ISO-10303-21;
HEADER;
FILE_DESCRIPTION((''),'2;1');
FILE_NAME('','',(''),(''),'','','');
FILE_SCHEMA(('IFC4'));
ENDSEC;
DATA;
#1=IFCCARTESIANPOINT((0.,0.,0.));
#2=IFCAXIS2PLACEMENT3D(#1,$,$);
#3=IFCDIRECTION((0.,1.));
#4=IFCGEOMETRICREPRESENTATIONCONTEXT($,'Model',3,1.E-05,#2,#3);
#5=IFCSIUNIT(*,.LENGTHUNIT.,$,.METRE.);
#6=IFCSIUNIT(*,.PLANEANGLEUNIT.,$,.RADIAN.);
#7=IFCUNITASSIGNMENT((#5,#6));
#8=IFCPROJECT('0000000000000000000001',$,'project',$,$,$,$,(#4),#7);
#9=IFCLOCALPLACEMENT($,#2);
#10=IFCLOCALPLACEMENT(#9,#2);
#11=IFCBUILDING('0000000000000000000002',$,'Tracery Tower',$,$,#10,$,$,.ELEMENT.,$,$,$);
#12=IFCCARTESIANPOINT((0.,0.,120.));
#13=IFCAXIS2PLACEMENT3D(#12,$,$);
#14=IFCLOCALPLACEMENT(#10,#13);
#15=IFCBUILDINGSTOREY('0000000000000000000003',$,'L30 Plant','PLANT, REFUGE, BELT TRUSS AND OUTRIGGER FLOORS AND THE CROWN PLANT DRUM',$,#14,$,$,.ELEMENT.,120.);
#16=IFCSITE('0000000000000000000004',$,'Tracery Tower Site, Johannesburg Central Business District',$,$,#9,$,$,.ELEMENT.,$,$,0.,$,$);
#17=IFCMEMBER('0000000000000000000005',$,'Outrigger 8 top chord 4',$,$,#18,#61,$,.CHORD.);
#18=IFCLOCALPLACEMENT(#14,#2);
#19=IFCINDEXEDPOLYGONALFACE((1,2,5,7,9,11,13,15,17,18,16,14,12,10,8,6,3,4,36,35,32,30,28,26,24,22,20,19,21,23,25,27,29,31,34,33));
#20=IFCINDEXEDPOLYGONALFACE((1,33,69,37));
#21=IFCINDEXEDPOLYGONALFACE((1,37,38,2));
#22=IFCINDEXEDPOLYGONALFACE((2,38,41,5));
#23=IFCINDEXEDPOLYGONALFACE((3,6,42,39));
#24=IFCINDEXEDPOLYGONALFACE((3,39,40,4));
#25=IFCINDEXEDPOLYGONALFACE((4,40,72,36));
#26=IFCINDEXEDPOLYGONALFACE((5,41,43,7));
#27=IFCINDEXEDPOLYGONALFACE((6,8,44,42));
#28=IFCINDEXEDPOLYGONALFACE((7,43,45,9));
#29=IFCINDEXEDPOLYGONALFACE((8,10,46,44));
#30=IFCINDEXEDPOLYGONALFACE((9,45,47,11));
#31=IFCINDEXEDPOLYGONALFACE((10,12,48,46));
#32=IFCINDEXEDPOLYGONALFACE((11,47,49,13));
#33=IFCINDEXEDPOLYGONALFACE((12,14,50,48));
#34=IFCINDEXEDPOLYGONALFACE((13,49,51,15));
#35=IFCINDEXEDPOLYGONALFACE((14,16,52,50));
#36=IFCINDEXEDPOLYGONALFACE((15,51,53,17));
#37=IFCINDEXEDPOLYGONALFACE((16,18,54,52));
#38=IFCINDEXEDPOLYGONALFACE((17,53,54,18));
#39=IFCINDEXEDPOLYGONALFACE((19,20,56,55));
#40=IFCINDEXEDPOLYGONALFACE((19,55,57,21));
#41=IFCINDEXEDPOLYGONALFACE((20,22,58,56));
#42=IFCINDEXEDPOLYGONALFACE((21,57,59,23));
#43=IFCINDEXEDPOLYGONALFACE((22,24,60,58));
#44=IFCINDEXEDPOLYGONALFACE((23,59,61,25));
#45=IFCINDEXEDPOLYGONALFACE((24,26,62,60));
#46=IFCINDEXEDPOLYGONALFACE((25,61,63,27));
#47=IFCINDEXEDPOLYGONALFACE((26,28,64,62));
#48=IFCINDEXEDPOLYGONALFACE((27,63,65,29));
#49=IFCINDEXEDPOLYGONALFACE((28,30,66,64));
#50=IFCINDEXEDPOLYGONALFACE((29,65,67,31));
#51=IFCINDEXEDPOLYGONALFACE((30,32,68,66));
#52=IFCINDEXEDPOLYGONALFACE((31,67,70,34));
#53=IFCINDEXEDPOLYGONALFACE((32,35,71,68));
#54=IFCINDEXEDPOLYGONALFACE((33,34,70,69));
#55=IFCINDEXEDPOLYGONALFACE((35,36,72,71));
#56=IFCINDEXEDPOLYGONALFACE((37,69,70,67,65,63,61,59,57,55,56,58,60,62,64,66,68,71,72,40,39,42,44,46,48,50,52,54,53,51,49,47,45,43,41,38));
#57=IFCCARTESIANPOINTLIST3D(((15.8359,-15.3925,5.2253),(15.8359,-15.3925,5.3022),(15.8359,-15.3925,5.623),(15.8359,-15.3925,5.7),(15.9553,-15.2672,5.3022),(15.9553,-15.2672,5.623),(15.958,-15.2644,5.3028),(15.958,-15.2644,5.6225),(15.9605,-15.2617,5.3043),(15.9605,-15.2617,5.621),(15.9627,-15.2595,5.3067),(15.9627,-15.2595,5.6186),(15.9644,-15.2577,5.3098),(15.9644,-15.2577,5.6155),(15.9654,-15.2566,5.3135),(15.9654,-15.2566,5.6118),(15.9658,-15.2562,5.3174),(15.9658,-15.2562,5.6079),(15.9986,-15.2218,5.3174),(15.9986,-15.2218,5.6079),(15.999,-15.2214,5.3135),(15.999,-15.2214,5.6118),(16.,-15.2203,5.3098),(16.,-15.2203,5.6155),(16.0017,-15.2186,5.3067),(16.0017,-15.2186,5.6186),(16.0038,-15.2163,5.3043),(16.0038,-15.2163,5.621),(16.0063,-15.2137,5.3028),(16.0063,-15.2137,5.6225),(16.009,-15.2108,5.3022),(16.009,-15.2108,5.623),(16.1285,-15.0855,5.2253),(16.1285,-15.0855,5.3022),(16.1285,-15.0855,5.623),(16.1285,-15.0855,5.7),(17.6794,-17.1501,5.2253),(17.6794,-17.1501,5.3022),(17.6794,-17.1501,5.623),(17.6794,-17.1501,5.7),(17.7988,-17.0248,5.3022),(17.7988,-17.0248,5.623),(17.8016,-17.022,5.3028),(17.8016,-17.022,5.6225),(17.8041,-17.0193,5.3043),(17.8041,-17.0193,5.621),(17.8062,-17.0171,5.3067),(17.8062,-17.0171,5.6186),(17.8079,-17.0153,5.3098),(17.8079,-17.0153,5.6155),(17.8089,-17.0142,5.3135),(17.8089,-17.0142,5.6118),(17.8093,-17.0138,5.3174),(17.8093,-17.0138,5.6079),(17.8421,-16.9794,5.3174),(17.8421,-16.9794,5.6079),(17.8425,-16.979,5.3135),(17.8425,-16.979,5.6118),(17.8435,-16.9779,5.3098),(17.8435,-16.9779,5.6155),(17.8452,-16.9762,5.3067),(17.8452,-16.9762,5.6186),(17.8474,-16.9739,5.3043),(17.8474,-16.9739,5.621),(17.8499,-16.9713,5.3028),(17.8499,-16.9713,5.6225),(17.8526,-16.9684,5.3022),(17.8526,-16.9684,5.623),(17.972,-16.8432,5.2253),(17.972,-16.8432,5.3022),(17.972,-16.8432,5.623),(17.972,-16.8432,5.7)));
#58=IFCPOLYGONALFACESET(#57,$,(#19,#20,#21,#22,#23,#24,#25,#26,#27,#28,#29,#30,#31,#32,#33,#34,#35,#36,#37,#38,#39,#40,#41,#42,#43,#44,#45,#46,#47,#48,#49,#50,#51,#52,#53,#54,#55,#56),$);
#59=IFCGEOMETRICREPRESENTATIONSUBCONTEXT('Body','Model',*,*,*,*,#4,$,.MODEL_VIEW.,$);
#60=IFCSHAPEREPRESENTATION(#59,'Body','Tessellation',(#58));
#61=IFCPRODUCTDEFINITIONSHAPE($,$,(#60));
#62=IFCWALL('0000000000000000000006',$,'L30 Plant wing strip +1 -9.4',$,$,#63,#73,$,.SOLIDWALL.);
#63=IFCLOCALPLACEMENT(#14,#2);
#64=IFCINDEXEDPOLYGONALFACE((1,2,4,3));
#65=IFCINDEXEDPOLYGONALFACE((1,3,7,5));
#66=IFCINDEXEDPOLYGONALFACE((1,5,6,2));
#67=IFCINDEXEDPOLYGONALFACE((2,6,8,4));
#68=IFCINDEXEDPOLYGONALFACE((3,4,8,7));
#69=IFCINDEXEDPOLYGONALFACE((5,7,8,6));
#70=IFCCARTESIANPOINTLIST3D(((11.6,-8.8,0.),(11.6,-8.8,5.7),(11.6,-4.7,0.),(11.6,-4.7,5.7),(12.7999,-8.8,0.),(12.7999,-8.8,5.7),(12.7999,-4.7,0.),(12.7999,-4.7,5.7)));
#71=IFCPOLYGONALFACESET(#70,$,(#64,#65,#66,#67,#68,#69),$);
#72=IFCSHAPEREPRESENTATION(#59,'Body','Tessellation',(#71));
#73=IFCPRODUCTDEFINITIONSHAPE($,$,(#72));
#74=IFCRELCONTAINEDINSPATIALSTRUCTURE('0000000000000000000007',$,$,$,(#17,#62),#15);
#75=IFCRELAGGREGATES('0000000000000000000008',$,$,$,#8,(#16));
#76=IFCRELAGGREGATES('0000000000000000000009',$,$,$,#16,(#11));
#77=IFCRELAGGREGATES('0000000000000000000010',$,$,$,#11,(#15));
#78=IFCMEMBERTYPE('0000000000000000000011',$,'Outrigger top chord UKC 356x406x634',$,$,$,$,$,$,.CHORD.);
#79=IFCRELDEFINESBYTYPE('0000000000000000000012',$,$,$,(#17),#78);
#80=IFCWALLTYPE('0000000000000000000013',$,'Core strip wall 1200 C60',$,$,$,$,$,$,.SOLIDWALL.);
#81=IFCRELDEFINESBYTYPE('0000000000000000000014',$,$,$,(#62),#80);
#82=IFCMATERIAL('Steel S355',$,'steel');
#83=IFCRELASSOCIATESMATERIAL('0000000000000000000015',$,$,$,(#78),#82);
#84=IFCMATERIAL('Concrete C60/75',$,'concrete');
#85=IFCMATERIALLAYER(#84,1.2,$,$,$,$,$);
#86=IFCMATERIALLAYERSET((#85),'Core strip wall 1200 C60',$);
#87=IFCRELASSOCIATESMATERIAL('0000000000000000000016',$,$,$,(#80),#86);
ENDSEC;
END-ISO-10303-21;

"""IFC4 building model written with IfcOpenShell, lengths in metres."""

from ifc_helpers import new_model, si_unit, direction, frame, frame_2d, origin, origin_2d, place, context, subcontext, project, spatial, rectangle, i_section, extrude, material, layer, layer_set, material_profile, profile_set, type_object, element, save


model = new_model("IFC4")

# Units and contexts
model_context = context("Model", 3, precision=1e-05, world=origin(), true_north=direction((0.0, 1.0)))
body_context = subcontext(model_context, "Body", "Model", "MODEL_VIEW")
ifc_project = project(units=[si_unit("LENGTHUNIT", "METRE"), si_unit("PLANEANGLEUNIT", "RADIAN")], contexts=[model_context])

# Site, building, storey
site_placement = place(None, origin())
site = spatial("IfcSite", under=ifc_project, at=site_placement, Name="Tracery Tower Site, Johannesburg Central Business District", CompositionType="ELEMENT", RefElevation=0.0)
building_placement = place(site_placement, origin())
building = spatial("IfcBuilding", under=site, at=building_placement, Name="Tracery Tower", CompositionType="ELEMENT")
storey_placement = place(building_placement, frame((0.0, 0.0, 120.0)))
storey = spatial("IfcBuildingStorey", under=building, at=storey_placement, Name="L30 Plant", Description="PLANT, REFUGE, BELT TRUSS AND OUTRIGGER FLOORS AND THE CROWN PLANT DRUM", CompositionType="ELEMENT", Elevation=120.0)

# Member
ifc_material_1 = material(Name="Steel S355", Category="steel")
ifc_material_profile_1 = material_profile(ifc_material_1, i_section(OverallWidth=0.4241, OverallDepth=0.4746, WebThickness=0.0476, FlangeThickness=0.0769, FilletRadius=0.0151, at=origin_2d()), Name="UKC 356x406x634")
ifc_profile_set_1 = profile_set([ifc_material_profile_1], Name="Steel S355")
member_type_1 = type_object("IfcMemberType", Name="Outrigger top chord UKC 356x406x634", PredefinedType="CHORD", material=ifc_profile_set_1)
for number, where, z_axis, x_axis, name in (
    (1, (15.9822, -15.239, 5.4626), (0.723775, -0.690036, 0.0), (0.690036, 0.723775, 0.0), "Outrigger 8 top chord 4"),
):
    element("IfcMember", number, at=place(storey_placement, frame(where, z_axis=z_axis, x_axis=x_axis)), inside=storey, type_object=member_type_1, Name=name, PredefinedType="CHORD", context=body_context, shape_type="SweptSolid", body=[
        extrude(i_section(OverallWidth=0.4241, OverallDepth=0.4746, WebThickness=0.0476, FlangeThickness=0.0769, FilletRadius=0.0151, at=origin_2d()), origin(), (0.0, 0.0, 1.0), 2.5471),
    ])

# Wall
ifc_material_2 = material(Name="Concrete C60/75", Category="concrete")
ifc_layer_1 = layer(ifc_material_2, 1.2)
ifc_layer_set_1 = layer_set([ifc_layer_1], Name="Core strip wall 1200 C60")
wall_type_1 = type_object("IfcWallType", Name="Core strip wall 1200 C60", PredefinedType="SOLIDWALL", material=ifc_layer_set_1)
wall_1_placement = place(storey_placement, frame((12.2, -8.8, 0.0), z_axis=(0.0, 0.0, 1.0), x_axis=(0.0, 1.0, 0.0)))
element("IfcWall", 2, at=wall_1_placement, inside=storey, type_object=wall_type_1, Name="L30 Plant wing strip +1 -9.4", PredefinedType="SOLIDWALL", context=body_context, shape_type="SweptSolid", body=[
    extrude(rectangle(XDim=4.1001, YDim=1.2, at=frame_2d((2.05, 0.0))), origin(), (0.0, 0.0, 1.0), 5.7),
])

save(model, "model.ifc")
